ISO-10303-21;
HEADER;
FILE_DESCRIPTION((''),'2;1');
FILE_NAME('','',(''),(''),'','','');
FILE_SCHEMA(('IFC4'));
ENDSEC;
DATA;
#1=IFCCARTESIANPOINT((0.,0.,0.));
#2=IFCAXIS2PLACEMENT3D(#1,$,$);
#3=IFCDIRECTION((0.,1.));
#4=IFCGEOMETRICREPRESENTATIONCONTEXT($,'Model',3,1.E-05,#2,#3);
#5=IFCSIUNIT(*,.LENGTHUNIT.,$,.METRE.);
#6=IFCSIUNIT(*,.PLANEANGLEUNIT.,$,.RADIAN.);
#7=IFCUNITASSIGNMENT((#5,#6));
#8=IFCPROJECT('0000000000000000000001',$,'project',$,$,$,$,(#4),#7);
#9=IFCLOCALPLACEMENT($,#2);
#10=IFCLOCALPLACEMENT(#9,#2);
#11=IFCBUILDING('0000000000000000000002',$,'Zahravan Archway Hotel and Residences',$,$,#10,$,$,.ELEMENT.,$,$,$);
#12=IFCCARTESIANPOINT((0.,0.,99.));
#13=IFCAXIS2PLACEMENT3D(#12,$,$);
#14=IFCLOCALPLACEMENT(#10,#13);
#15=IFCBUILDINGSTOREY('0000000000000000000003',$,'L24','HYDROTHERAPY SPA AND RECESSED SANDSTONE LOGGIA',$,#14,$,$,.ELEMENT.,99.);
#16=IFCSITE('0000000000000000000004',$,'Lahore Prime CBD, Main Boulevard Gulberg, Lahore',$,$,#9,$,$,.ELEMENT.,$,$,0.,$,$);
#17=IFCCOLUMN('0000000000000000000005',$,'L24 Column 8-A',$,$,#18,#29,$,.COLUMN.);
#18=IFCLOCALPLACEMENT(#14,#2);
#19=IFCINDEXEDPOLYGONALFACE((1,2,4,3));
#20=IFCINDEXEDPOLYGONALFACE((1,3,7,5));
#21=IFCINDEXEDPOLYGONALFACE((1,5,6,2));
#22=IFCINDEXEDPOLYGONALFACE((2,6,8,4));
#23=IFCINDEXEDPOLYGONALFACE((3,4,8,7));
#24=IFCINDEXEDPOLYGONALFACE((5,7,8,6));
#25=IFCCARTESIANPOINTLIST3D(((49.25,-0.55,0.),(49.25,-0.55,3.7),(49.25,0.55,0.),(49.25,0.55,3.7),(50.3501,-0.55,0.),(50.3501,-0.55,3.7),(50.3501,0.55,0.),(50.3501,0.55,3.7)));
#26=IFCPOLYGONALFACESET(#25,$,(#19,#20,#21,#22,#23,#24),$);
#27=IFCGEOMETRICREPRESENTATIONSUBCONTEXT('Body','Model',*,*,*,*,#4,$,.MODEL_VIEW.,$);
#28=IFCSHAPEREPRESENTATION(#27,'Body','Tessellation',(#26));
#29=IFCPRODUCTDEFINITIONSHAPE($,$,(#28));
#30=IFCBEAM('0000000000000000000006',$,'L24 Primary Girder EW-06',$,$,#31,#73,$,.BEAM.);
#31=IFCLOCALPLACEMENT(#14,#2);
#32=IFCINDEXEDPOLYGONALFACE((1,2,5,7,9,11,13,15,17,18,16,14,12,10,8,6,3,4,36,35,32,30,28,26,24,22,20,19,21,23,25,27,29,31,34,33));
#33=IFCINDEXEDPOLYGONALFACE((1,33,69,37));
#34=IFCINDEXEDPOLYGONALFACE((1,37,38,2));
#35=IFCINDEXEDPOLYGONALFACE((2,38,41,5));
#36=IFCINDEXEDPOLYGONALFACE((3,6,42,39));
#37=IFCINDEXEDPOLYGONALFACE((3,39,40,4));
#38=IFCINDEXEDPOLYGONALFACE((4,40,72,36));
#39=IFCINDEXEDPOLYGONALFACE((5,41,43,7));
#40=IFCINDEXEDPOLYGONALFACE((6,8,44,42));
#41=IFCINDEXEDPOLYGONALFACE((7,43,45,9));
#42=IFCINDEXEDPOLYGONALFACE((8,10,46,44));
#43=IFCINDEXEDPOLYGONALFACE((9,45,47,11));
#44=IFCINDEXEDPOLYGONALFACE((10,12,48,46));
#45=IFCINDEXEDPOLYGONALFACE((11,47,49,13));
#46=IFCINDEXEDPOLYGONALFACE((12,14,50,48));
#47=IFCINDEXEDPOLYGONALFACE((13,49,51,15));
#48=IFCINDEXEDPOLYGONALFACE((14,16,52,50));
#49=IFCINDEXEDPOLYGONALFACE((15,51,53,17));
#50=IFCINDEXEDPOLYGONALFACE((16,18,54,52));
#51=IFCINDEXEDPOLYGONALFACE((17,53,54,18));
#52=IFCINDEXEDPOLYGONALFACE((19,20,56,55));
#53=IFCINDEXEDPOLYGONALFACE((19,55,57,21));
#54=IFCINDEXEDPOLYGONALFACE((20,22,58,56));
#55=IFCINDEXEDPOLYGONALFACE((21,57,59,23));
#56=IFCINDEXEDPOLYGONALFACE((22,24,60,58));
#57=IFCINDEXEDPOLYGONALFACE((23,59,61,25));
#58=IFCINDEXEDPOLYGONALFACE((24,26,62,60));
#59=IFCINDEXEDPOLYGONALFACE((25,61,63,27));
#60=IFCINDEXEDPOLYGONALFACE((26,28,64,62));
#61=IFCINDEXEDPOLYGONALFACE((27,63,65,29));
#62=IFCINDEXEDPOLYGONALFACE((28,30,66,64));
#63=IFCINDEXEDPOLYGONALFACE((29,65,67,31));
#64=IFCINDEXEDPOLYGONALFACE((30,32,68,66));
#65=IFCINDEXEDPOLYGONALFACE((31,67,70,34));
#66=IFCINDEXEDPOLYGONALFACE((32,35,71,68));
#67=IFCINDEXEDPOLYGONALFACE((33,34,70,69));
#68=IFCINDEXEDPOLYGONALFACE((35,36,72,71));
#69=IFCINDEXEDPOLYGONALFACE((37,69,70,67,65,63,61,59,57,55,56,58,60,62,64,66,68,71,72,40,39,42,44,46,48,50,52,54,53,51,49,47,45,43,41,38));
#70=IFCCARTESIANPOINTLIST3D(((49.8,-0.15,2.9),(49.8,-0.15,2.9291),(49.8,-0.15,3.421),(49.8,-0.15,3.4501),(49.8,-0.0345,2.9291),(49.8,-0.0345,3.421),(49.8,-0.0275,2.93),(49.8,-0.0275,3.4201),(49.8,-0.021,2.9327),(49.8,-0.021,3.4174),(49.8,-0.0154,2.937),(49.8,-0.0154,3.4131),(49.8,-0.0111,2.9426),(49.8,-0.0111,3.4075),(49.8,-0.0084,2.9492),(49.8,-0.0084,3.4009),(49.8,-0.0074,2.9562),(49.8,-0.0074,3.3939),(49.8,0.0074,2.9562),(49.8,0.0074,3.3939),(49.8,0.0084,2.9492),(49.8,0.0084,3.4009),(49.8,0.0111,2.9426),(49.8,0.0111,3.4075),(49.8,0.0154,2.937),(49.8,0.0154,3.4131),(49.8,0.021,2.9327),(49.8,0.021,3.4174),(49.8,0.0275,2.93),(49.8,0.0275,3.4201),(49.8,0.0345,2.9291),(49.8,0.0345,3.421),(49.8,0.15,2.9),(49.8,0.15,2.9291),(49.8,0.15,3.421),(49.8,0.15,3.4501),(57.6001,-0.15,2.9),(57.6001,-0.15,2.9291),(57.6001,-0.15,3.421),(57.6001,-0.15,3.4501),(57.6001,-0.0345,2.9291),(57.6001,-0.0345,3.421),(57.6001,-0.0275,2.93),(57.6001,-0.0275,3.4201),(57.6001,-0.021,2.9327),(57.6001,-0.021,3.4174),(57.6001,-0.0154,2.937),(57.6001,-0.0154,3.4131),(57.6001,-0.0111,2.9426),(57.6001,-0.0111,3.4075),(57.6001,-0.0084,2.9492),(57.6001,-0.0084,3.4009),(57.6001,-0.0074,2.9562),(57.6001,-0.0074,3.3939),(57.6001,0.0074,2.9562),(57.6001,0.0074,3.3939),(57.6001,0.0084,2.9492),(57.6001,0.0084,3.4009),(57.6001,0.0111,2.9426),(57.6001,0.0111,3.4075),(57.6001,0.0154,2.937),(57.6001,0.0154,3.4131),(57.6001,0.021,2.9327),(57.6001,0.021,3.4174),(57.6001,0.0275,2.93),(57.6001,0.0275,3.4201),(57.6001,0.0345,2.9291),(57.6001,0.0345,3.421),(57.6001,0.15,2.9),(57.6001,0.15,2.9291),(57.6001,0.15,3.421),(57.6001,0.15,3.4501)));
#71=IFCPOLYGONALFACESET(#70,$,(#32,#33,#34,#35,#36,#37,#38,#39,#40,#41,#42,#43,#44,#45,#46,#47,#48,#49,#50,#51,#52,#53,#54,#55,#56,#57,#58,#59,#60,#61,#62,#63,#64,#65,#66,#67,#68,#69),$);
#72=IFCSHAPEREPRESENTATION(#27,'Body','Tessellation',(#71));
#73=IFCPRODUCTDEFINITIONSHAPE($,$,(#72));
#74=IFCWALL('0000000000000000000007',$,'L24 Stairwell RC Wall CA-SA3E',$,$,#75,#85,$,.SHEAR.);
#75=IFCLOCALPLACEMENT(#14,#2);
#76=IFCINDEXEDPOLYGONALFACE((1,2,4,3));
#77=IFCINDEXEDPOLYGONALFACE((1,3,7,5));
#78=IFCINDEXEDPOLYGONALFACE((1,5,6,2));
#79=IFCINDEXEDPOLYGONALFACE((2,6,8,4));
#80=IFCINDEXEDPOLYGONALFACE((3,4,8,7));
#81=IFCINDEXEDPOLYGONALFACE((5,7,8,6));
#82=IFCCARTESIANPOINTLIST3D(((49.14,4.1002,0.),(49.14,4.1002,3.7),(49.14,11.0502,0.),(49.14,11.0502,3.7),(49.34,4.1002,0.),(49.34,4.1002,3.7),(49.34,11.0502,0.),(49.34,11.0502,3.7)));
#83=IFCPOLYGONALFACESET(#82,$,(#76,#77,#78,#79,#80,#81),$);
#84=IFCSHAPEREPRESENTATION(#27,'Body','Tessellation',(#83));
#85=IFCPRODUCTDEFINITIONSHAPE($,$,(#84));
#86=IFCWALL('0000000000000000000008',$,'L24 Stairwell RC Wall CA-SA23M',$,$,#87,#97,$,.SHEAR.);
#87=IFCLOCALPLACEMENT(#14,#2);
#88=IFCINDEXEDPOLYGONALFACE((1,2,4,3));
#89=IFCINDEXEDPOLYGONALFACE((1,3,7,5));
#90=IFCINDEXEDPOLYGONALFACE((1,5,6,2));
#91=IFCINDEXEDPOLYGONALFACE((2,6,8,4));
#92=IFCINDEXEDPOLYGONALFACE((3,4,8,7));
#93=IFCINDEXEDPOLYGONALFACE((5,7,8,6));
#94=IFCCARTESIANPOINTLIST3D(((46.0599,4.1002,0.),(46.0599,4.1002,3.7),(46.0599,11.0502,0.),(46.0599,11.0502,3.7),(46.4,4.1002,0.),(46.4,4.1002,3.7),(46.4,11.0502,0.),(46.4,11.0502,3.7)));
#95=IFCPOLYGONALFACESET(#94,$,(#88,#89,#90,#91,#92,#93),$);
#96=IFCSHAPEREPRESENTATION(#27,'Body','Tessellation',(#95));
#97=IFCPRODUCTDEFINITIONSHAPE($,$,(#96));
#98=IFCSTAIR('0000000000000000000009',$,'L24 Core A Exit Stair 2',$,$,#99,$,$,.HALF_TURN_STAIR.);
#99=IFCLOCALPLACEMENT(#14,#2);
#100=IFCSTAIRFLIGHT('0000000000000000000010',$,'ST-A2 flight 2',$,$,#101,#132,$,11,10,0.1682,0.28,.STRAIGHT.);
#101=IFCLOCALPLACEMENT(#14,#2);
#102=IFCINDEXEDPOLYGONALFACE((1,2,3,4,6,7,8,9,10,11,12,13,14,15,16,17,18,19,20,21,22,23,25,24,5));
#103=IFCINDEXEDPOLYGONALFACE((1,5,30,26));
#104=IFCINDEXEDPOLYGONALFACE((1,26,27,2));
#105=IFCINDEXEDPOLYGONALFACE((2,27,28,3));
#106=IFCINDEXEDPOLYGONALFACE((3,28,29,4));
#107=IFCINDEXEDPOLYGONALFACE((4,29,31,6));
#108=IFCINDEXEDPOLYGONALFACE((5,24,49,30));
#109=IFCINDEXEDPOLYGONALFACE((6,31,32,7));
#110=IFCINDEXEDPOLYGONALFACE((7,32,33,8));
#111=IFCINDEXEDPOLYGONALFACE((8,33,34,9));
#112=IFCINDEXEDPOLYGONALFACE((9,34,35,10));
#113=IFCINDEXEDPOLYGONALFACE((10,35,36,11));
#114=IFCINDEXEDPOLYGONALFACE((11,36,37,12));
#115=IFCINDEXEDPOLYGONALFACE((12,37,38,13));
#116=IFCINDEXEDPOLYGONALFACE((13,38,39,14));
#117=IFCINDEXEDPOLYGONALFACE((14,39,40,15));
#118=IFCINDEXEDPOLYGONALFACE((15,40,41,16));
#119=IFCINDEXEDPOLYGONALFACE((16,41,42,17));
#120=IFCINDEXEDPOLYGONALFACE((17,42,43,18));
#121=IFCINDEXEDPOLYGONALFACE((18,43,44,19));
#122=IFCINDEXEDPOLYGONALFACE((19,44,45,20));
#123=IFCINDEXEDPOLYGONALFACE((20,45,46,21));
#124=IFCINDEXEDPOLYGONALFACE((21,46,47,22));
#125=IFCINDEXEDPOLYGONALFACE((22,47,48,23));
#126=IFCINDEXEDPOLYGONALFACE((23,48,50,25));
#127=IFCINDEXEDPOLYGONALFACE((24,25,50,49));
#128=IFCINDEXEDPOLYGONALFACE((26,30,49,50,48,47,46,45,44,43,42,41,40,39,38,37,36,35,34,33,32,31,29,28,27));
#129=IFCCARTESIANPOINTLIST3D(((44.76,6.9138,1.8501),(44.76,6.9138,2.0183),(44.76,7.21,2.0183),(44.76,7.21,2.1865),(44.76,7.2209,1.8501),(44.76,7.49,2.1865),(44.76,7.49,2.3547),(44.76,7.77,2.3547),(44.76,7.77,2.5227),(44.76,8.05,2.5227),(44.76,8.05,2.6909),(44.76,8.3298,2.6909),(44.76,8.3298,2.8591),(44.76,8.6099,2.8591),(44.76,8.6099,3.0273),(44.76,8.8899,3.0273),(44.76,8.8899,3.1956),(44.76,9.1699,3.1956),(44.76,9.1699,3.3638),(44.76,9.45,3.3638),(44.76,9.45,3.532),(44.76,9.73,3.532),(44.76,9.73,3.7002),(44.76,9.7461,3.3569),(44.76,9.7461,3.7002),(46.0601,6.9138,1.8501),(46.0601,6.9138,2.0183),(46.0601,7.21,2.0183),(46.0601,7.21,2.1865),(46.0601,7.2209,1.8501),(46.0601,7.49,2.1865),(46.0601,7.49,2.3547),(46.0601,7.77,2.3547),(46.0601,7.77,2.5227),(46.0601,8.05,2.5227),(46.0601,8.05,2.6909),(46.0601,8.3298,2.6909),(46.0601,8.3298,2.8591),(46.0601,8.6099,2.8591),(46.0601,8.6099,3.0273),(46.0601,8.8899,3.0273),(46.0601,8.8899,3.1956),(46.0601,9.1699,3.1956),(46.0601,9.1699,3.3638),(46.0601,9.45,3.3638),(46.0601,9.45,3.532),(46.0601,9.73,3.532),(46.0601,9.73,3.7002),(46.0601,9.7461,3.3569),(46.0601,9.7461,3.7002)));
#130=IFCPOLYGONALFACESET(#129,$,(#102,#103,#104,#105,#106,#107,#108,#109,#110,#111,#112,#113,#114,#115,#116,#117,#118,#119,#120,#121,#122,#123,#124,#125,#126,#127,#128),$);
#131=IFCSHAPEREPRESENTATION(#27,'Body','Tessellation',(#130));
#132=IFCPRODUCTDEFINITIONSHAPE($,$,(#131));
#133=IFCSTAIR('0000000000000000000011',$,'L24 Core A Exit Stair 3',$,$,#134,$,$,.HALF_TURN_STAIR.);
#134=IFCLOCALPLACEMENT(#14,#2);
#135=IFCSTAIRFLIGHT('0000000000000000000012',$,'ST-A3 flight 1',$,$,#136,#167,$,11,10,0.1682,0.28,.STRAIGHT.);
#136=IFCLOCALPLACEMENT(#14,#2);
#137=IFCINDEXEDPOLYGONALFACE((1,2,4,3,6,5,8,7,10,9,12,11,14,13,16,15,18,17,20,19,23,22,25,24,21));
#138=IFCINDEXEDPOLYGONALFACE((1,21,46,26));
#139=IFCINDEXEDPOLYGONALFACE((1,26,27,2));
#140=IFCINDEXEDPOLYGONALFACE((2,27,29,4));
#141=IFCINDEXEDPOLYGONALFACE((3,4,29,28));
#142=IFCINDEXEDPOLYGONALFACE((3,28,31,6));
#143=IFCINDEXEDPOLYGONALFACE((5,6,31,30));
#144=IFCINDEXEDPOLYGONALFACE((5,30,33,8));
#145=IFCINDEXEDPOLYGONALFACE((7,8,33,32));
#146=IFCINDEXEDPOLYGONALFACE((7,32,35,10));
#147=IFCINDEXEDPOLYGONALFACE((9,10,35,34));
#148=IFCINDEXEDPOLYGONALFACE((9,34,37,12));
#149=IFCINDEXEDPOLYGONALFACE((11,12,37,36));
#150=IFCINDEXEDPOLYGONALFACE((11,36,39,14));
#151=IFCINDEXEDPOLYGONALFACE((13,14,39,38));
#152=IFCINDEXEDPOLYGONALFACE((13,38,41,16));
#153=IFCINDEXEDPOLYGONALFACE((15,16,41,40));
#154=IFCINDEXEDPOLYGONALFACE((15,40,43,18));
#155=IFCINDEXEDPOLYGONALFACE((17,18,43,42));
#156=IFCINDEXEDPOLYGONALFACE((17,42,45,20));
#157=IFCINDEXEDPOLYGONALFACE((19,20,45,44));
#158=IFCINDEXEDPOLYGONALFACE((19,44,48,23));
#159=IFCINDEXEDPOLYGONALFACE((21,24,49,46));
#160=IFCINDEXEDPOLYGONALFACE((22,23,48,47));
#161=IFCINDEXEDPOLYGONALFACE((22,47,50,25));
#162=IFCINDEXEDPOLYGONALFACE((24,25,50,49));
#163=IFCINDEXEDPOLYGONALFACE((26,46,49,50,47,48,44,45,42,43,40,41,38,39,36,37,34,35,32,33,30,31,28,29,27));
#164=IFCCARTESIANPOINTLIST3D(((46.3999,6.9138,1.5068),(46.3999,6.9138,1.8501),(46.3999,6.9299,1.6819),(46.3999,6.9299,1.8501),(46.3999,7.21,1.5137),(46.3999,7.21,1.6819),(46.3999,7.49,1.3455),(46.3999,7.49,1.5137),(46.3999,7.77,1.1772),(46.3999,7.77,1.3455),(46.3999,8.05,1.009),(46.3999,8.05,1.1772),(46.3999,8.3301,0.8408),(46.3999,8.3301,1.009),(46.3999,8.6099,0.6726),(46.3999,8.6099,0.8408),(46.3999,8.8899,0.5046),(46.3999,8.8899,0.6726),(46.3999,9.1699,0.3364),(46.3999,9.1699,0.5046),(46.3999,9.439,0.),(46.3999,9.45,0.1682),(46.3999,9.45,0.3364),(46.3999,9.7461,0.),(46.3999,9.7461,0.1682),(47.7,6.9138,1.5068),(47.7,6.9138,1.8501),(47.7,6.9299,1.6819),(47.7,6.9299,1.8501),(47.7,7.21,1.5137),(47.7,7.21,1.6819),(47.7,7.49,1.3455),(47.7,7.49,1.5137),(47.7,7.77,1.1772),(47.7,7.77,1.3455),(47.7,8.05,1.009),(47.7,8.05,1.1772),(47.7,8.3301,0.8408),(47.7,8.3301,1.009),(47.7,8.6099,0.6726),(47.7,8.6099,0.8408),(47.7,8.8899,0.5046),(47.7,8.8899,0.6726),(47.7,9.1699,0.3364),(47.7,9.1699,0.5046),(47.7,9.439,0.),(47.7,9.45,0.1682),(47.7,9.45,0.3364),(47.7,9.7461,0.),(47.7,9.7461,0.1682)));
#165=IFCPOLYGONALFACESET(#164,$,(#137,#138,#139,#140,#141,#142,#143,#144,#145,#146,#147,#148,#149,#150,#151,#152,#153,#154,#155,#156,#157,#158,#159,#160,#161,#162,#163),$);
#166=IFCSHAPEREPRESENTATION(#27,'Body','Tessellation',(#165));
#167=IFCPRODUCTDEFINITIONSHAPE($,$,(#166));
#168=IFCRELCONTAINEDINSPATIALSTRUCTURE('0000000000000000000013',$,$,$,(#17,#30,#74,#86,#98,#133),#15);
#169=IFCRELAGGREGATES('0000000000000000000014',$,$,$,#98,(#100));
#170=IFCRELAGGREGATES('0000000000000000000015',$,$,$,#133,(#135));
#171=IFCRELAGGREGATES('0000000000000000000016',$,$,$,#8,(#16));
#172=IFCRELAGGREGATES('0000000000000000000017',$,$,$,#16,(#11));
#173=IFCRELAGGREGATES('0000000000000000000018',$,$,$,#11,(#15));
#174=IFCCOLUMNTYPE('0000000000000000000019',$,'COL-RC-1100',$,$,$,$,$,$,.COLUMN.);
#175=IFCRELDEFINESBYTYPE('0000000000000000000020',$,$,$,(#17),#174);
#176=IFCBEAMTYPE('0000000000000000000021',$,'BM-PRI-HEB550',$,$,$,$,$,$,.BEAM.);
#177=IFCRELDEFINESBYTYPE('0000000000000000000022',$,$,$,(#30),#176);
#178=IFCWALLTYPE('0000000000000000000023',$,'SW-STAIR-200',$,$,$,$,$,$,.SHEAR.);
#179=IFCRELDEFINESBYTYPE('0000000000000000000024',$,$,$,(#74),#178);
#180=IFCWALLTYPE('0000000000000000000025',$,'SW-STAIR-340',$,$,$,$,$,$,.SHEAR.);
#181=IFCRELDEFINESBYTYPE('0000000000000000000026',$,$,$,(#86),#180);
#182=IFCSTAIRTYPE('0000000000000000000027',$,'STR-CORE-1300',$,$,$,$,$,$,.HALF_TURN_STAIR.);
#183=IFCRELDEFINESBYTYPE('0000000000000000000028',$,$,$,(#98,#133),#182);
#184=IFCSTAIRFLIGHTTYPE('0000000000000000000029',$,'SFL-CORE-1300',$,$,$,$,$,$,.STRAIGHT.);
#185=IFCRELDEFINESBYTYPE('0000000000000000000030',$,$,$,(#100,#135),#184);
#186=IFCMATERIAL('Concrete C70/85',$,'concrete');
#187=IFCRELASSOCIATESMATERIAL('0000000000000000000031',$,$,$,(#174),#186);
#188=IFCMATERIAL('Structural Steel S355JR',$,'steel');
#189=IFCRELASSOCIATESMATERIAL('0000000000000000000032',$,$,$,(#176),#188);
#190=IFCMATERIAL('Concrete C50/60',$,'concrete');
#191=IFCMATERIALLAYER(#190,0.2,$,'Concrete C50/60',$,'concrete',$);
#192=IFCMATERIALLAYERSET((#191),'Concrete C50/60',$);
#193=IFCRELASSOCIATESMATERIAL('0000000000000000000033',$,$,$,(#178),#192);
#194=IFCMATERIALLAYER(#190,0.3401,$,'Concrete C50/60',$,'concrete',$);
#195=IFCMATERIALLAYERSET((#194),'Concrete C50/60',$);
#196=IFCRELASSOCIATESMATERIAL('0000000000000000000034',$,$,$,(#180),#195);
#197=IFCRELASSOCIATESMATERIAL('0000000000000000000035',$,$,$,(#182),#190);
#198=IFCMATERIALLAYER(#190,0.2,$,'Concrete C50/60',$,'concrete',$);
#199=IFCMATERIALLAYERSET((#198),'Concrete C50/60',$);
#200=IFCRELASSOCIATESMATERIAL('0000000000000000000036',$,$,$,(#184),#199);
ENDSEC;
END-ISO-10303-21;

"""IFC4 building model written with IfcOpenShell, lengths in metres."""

from ifc_helpers import new_model, si_unit, direction, frame, frame_2d, origin, origin_2d, place, context, subcontext, project, spatial, polyline, rectangle, i_section, outline, extrude, source, transform, mapped, material, layer, layer_set, material_profile, profile_set, type_object, element, aggregate, save


model = new_model("IFC4")

# Units and contexts
model_context = context("Model", 3, precision=1e-05, world=origin(), true_north=direction((0.0, 1.0)))
body_context = subcontext(model_context, "Body", "Model", "MODEL_VIEW")
ifc_project = project(units=[si_unit("LENGTHUNIT", "METRE"), si_unit("PLANEANGLEUNIT", "RADIAN")], contexts=[model_context])

# Site, building, storey
site_placement = place(None, origin())
site = spatial("IfcSite", under=ifc_project, at=site_placement, Name="Lahore Prime CBD, Main Boulevard Gulberg, Lahore", CompositionType="ELEMENT", RefElevation=0.0)
building_placement = place(site_placement, origin())
building = spatial("IfcBuilding", under=site, at=building_placement, Name="Zahravan Archway Hotel and Residences", CompositionType="ELEMENT")
storey_placement = place(building_placement, frame((0.0, 0.0, 99.0)))
storey = spatial("IfcBuildingStorey", under=building, at=storey_placement, Name="L24", Description="HYDROTHERAPY SPA AND RECESSED SANDSTONE LOGGIA", CompositionType="ELEMENT", Elevation=99.0)

# Column
ifc_material_1 = material(Name="Concrete C70/85", Category="concrete")
ifc_material_profile_1 = material_profile(ifc_material_1, rectangle(XDim=1.1001, YDim=1.1001, at=origin_2d()), Name="RC 1100x1100", Category="concrete")
ifc_profile_set_1 = profile_set([ifc_material_profile_1], Name="Concrete C70/85")
column_type = type_object("IfcColumnType", Name="COL-RC-1100", PredefinedType="COLUMN", material=ifc_profile_set_1)
shared_shape_1 = source(origin(), body_context, "Body", "SweptSolid", [
    extrude(rectangle(XDim=1.1001, YDim=1.1001, at=origin_2d()), origin(), (0.0, 0.0, 1.0), 3.7),
])
column_placement = place(storey_placement, frame((49.8, 0.0, 0.0), z_axis=(0.0, 0.0, 1.0), x_axis=(1.0, 0.0, 0.0)))
element("IfcColumn", 1, at=column_placement, inside=storey, type_object=column_type, Name="L24 Column 8-A", PredefinedType="COLUMN", context=body_context, shape_type="MappedRepresentation", body=[
    mapped(shared_shape_1, transform((0.0, 0.0, 0.0), scale=1.0)),
])

# Beam
ifc_material_2 = material(Name="Structural Steel S355JR", Category="steel")
ifc_material_profile_2 = material_profile(ifc_material_2, i_section(OverallWidth=0.3, OverallDepth=0.55, WebThickness=0.0149, FlangeThickness=0.0291, FilletRadius=0.0271, at=origin_2d()), Name="HEB 550", Category="steel")
ifc_profile_set_2 = profile_set([ifc_material_profile_2], Name="Structural Steel S355JR")
beam_type = type_object("IfcBeamType", Name="BM-PRI-HEB550", PredefinedType="BEAM", material=ifc_profile_set_2)
shared_shape_2 = source(origin(), body_context, "Body", "SweptSolid", [
    extrude(i_section(OverallWidth=0.3, OverallDepth=0.55, WebThickness=0.0149, FlangeThickness=0.0291, FilletRadius=0.0271, at=origin_2d()), origin(), (0.0, 0.0, 1.0), 7.8),
])
beam_placement = place(storey_placement, frame((49.8, 0.0, 3.175), z_axis=(1.0, 0.0, 0.0), x_axis=(0.0, 1.0, 0.0)))
element("IfcBeam", 2, at=beam_placement, inside=storey, type_object=beam_type, Name="L24 Primary Girder EW-06", PredefinedType="BEAM", context=body_context, shape_type="MappedRepresentation", body=[
    mapped(shared_shape_2, transform((0.0, 0.0, 0.0), scale=1.0)),
])

# Walls
ifc_material_3 = material(Name="Concrete C50/60", Category="concrete")
ifc_layer_1 = layer(ifc_material_3, 0.2, Name="Concrete C50/60", Category="concrete")
ifc_layer_set_1 = layer_set([ifc_layer_1], Name="Concrete C50/60")
wall_type_1 = type_object("IfcWallType", Name="SW-STAIR-200", PredefinedType="SHEAR", material=ifc_layer_set_1)
wall_1_placement = place(storey_placement, frame((49.24, 4.1001, 0.0), z_axis=(0.0, 0.0, 1.0), x_axis=(0.0, 1.0, 0.0)))
element("IfcWall", 3, at=wall_1_placement, inside=storey, type_object=wall_type_1, Name="L24 Stairwell RC Wall CA-SA3E", PredefinedType="SHEAR", context=body_context, shape_type="SweptSolid", body=[
    extrude(rectangle(XDim=6.95, YDim=0.2, at=frame_2d((3.4751, 0.0))), origin(), (0.0, 0.0, 1.0), 3.7),
])
ifc_layer_2 = layer(ifc_material_3, 0.3401, Name="Concrete C50/60", Category="concrete")
ifc_layer_set_2 = layer_set([ifc_layer_2], Name="Concrete C50/60")
wall_type_2 = type_object("IfcWallType", Name="SW-STAIR-340", PredefinedType="SHEAR", material=ifc_layer_set_2)
wall_2_placement = place(storey_placement, frame((46.23, 4.1001, 0.0), z_axis=(0.0, 0.0, 1.0), x_axis=(0.0, 1.0, 0.0)))
element("IfcWall", 4, at=wall_2_placement, inside=storey, type_object=wall_type_2, Name="L24 Stairwell RC Wall CA-SA23M", PredefinedType="SHEAR", context=body_context, shape_type="SweptSolid", body=[
    extrude(rectangle(XDim=6.95, YDim=0.3401, at=frame_2d((3.4751, 0.0))), origin(), (0.0, 0.0, 1.0), 3.7),
])

# Stair, stair flight
stair_type = type_object("IfcStairType", Name="STR-CORE-1300", PredefinedType="HALF_TURN_STAIR", material=ifc_material_3)
stair_1_placement = place(storey_placement, origin())
stair_1 = element("IfcStair", 5, at=stair_1_placement, inside=storey, type_object=stair_type, Name="L24 Core A Exit Stair 2", PredefinedType="HALF_TURN_STAIR")
ifc_layer_3 = layer(ifc_material_3, 0.2, Name="Concrete C50/60", Category="concrete")
ifc_layer_set_3 = layer_set([ifc_layer_3], Name="Concrete C50/60")
stair_flight_type = type_object("IfcStairFlightType", Name="SFL-CORE-1300", PredefinedType="STRAIGHT", material=ifc_layer_set_3)
shared_shape_3 = source(origin(), body_context, "Body", "SweptSolid", [
    extrude(outline(polyline([(-0.0161, 0.0), (-0.0161, 0.1682), (0.28, 0.1682), (0.28, 0.3364), (0.5601, 0.3364), (0.5601, 0.5046), (0.8401, 0.5046), (0.8401, 0.6726), (1.1201, 0.6726), (1.1201, 0.8408), (1.3999, 0.8408), (1.3999, 1.009), (1.6799, 1.009), (1.6799, 1.1772), (1.96, 1.1772), (1.96, 1.3455), (2.24, 1.3455), (2.24, 1.5137), (2.52, 1.5137), (2.52, 1.6819), (2.8, 1.6819), (2.8, 1.8501), (2.8162, 1.8501), (2.8162, 1.5068), (0.291, 0.0), (-0.0161, 0.0)])), frame((0.0, 0.6499, 0.0), z_axis=(0.0, -1.0, 0.0), x_axis=(1.0, 0.0, 0.0)), (0.0, 0.0, 1.0), 1.3),
])
stair_flight_1_placement = place(storey_placement, frame((45.4099, 6.9299, 1.8501), z_axis=(0.0, 0.0, 1.0), x_axis=(0.0, 1.0, 0.0)))
stair_flight_1 = element("IfcStairFlight", 6, at=stair_flight_1_placement, type_object=stair_flight_type, Name="ST-A2 flight 2", NumberOfRisers=11, NumberOfTreads=10, PredefinedType="STRAIGHT", RiserHeight=0.1682, TreadLength=0.28, context=body_context, shape_type="MappedRepresentation", body=[
    mapped(shared_shape_3, transform((0.0, 0.0, 0.0), scale=1.0)),
])
aggregate(stair_1, [stair_flight_1])

# Stair, stair flight
stair_2_placement = place(storey_placement, origin())
stair_2 = element("IfcStair", 7, at=stair_2_placement, inside=storey, type_object=stair_type, Name="L24 Core A Exit Stair 3", PredefinedType="HALF_TURN_STAIR")
stair_flight_2_placement = place(storey_placement, frame((47.05, 9.73, 0.0), z_axis=(0.0, 0.0, 1.0), x_axis=(0.0, -1.0, 0.0)))
stair_flight_2 = element("IfcStairFlight", 8, at=stair_flight_2_placement, type_object=stair_flight_type, Name="ST-A3 flight 1", NumberOfRisers=11, NumberOfTreads=10, PredefinedType="STRAIGHT", RiserHeight=0.1682, TreadLength=0.28, context=body_context, shape_type="MappedRepresentation", body=[
    mapped(shared_shape_3, transform((0.0, 0.0, 0.0), scale=1.0)),
])
aggregate(stair_2, [stair_flight_2])

save(model, "model.ifc")
